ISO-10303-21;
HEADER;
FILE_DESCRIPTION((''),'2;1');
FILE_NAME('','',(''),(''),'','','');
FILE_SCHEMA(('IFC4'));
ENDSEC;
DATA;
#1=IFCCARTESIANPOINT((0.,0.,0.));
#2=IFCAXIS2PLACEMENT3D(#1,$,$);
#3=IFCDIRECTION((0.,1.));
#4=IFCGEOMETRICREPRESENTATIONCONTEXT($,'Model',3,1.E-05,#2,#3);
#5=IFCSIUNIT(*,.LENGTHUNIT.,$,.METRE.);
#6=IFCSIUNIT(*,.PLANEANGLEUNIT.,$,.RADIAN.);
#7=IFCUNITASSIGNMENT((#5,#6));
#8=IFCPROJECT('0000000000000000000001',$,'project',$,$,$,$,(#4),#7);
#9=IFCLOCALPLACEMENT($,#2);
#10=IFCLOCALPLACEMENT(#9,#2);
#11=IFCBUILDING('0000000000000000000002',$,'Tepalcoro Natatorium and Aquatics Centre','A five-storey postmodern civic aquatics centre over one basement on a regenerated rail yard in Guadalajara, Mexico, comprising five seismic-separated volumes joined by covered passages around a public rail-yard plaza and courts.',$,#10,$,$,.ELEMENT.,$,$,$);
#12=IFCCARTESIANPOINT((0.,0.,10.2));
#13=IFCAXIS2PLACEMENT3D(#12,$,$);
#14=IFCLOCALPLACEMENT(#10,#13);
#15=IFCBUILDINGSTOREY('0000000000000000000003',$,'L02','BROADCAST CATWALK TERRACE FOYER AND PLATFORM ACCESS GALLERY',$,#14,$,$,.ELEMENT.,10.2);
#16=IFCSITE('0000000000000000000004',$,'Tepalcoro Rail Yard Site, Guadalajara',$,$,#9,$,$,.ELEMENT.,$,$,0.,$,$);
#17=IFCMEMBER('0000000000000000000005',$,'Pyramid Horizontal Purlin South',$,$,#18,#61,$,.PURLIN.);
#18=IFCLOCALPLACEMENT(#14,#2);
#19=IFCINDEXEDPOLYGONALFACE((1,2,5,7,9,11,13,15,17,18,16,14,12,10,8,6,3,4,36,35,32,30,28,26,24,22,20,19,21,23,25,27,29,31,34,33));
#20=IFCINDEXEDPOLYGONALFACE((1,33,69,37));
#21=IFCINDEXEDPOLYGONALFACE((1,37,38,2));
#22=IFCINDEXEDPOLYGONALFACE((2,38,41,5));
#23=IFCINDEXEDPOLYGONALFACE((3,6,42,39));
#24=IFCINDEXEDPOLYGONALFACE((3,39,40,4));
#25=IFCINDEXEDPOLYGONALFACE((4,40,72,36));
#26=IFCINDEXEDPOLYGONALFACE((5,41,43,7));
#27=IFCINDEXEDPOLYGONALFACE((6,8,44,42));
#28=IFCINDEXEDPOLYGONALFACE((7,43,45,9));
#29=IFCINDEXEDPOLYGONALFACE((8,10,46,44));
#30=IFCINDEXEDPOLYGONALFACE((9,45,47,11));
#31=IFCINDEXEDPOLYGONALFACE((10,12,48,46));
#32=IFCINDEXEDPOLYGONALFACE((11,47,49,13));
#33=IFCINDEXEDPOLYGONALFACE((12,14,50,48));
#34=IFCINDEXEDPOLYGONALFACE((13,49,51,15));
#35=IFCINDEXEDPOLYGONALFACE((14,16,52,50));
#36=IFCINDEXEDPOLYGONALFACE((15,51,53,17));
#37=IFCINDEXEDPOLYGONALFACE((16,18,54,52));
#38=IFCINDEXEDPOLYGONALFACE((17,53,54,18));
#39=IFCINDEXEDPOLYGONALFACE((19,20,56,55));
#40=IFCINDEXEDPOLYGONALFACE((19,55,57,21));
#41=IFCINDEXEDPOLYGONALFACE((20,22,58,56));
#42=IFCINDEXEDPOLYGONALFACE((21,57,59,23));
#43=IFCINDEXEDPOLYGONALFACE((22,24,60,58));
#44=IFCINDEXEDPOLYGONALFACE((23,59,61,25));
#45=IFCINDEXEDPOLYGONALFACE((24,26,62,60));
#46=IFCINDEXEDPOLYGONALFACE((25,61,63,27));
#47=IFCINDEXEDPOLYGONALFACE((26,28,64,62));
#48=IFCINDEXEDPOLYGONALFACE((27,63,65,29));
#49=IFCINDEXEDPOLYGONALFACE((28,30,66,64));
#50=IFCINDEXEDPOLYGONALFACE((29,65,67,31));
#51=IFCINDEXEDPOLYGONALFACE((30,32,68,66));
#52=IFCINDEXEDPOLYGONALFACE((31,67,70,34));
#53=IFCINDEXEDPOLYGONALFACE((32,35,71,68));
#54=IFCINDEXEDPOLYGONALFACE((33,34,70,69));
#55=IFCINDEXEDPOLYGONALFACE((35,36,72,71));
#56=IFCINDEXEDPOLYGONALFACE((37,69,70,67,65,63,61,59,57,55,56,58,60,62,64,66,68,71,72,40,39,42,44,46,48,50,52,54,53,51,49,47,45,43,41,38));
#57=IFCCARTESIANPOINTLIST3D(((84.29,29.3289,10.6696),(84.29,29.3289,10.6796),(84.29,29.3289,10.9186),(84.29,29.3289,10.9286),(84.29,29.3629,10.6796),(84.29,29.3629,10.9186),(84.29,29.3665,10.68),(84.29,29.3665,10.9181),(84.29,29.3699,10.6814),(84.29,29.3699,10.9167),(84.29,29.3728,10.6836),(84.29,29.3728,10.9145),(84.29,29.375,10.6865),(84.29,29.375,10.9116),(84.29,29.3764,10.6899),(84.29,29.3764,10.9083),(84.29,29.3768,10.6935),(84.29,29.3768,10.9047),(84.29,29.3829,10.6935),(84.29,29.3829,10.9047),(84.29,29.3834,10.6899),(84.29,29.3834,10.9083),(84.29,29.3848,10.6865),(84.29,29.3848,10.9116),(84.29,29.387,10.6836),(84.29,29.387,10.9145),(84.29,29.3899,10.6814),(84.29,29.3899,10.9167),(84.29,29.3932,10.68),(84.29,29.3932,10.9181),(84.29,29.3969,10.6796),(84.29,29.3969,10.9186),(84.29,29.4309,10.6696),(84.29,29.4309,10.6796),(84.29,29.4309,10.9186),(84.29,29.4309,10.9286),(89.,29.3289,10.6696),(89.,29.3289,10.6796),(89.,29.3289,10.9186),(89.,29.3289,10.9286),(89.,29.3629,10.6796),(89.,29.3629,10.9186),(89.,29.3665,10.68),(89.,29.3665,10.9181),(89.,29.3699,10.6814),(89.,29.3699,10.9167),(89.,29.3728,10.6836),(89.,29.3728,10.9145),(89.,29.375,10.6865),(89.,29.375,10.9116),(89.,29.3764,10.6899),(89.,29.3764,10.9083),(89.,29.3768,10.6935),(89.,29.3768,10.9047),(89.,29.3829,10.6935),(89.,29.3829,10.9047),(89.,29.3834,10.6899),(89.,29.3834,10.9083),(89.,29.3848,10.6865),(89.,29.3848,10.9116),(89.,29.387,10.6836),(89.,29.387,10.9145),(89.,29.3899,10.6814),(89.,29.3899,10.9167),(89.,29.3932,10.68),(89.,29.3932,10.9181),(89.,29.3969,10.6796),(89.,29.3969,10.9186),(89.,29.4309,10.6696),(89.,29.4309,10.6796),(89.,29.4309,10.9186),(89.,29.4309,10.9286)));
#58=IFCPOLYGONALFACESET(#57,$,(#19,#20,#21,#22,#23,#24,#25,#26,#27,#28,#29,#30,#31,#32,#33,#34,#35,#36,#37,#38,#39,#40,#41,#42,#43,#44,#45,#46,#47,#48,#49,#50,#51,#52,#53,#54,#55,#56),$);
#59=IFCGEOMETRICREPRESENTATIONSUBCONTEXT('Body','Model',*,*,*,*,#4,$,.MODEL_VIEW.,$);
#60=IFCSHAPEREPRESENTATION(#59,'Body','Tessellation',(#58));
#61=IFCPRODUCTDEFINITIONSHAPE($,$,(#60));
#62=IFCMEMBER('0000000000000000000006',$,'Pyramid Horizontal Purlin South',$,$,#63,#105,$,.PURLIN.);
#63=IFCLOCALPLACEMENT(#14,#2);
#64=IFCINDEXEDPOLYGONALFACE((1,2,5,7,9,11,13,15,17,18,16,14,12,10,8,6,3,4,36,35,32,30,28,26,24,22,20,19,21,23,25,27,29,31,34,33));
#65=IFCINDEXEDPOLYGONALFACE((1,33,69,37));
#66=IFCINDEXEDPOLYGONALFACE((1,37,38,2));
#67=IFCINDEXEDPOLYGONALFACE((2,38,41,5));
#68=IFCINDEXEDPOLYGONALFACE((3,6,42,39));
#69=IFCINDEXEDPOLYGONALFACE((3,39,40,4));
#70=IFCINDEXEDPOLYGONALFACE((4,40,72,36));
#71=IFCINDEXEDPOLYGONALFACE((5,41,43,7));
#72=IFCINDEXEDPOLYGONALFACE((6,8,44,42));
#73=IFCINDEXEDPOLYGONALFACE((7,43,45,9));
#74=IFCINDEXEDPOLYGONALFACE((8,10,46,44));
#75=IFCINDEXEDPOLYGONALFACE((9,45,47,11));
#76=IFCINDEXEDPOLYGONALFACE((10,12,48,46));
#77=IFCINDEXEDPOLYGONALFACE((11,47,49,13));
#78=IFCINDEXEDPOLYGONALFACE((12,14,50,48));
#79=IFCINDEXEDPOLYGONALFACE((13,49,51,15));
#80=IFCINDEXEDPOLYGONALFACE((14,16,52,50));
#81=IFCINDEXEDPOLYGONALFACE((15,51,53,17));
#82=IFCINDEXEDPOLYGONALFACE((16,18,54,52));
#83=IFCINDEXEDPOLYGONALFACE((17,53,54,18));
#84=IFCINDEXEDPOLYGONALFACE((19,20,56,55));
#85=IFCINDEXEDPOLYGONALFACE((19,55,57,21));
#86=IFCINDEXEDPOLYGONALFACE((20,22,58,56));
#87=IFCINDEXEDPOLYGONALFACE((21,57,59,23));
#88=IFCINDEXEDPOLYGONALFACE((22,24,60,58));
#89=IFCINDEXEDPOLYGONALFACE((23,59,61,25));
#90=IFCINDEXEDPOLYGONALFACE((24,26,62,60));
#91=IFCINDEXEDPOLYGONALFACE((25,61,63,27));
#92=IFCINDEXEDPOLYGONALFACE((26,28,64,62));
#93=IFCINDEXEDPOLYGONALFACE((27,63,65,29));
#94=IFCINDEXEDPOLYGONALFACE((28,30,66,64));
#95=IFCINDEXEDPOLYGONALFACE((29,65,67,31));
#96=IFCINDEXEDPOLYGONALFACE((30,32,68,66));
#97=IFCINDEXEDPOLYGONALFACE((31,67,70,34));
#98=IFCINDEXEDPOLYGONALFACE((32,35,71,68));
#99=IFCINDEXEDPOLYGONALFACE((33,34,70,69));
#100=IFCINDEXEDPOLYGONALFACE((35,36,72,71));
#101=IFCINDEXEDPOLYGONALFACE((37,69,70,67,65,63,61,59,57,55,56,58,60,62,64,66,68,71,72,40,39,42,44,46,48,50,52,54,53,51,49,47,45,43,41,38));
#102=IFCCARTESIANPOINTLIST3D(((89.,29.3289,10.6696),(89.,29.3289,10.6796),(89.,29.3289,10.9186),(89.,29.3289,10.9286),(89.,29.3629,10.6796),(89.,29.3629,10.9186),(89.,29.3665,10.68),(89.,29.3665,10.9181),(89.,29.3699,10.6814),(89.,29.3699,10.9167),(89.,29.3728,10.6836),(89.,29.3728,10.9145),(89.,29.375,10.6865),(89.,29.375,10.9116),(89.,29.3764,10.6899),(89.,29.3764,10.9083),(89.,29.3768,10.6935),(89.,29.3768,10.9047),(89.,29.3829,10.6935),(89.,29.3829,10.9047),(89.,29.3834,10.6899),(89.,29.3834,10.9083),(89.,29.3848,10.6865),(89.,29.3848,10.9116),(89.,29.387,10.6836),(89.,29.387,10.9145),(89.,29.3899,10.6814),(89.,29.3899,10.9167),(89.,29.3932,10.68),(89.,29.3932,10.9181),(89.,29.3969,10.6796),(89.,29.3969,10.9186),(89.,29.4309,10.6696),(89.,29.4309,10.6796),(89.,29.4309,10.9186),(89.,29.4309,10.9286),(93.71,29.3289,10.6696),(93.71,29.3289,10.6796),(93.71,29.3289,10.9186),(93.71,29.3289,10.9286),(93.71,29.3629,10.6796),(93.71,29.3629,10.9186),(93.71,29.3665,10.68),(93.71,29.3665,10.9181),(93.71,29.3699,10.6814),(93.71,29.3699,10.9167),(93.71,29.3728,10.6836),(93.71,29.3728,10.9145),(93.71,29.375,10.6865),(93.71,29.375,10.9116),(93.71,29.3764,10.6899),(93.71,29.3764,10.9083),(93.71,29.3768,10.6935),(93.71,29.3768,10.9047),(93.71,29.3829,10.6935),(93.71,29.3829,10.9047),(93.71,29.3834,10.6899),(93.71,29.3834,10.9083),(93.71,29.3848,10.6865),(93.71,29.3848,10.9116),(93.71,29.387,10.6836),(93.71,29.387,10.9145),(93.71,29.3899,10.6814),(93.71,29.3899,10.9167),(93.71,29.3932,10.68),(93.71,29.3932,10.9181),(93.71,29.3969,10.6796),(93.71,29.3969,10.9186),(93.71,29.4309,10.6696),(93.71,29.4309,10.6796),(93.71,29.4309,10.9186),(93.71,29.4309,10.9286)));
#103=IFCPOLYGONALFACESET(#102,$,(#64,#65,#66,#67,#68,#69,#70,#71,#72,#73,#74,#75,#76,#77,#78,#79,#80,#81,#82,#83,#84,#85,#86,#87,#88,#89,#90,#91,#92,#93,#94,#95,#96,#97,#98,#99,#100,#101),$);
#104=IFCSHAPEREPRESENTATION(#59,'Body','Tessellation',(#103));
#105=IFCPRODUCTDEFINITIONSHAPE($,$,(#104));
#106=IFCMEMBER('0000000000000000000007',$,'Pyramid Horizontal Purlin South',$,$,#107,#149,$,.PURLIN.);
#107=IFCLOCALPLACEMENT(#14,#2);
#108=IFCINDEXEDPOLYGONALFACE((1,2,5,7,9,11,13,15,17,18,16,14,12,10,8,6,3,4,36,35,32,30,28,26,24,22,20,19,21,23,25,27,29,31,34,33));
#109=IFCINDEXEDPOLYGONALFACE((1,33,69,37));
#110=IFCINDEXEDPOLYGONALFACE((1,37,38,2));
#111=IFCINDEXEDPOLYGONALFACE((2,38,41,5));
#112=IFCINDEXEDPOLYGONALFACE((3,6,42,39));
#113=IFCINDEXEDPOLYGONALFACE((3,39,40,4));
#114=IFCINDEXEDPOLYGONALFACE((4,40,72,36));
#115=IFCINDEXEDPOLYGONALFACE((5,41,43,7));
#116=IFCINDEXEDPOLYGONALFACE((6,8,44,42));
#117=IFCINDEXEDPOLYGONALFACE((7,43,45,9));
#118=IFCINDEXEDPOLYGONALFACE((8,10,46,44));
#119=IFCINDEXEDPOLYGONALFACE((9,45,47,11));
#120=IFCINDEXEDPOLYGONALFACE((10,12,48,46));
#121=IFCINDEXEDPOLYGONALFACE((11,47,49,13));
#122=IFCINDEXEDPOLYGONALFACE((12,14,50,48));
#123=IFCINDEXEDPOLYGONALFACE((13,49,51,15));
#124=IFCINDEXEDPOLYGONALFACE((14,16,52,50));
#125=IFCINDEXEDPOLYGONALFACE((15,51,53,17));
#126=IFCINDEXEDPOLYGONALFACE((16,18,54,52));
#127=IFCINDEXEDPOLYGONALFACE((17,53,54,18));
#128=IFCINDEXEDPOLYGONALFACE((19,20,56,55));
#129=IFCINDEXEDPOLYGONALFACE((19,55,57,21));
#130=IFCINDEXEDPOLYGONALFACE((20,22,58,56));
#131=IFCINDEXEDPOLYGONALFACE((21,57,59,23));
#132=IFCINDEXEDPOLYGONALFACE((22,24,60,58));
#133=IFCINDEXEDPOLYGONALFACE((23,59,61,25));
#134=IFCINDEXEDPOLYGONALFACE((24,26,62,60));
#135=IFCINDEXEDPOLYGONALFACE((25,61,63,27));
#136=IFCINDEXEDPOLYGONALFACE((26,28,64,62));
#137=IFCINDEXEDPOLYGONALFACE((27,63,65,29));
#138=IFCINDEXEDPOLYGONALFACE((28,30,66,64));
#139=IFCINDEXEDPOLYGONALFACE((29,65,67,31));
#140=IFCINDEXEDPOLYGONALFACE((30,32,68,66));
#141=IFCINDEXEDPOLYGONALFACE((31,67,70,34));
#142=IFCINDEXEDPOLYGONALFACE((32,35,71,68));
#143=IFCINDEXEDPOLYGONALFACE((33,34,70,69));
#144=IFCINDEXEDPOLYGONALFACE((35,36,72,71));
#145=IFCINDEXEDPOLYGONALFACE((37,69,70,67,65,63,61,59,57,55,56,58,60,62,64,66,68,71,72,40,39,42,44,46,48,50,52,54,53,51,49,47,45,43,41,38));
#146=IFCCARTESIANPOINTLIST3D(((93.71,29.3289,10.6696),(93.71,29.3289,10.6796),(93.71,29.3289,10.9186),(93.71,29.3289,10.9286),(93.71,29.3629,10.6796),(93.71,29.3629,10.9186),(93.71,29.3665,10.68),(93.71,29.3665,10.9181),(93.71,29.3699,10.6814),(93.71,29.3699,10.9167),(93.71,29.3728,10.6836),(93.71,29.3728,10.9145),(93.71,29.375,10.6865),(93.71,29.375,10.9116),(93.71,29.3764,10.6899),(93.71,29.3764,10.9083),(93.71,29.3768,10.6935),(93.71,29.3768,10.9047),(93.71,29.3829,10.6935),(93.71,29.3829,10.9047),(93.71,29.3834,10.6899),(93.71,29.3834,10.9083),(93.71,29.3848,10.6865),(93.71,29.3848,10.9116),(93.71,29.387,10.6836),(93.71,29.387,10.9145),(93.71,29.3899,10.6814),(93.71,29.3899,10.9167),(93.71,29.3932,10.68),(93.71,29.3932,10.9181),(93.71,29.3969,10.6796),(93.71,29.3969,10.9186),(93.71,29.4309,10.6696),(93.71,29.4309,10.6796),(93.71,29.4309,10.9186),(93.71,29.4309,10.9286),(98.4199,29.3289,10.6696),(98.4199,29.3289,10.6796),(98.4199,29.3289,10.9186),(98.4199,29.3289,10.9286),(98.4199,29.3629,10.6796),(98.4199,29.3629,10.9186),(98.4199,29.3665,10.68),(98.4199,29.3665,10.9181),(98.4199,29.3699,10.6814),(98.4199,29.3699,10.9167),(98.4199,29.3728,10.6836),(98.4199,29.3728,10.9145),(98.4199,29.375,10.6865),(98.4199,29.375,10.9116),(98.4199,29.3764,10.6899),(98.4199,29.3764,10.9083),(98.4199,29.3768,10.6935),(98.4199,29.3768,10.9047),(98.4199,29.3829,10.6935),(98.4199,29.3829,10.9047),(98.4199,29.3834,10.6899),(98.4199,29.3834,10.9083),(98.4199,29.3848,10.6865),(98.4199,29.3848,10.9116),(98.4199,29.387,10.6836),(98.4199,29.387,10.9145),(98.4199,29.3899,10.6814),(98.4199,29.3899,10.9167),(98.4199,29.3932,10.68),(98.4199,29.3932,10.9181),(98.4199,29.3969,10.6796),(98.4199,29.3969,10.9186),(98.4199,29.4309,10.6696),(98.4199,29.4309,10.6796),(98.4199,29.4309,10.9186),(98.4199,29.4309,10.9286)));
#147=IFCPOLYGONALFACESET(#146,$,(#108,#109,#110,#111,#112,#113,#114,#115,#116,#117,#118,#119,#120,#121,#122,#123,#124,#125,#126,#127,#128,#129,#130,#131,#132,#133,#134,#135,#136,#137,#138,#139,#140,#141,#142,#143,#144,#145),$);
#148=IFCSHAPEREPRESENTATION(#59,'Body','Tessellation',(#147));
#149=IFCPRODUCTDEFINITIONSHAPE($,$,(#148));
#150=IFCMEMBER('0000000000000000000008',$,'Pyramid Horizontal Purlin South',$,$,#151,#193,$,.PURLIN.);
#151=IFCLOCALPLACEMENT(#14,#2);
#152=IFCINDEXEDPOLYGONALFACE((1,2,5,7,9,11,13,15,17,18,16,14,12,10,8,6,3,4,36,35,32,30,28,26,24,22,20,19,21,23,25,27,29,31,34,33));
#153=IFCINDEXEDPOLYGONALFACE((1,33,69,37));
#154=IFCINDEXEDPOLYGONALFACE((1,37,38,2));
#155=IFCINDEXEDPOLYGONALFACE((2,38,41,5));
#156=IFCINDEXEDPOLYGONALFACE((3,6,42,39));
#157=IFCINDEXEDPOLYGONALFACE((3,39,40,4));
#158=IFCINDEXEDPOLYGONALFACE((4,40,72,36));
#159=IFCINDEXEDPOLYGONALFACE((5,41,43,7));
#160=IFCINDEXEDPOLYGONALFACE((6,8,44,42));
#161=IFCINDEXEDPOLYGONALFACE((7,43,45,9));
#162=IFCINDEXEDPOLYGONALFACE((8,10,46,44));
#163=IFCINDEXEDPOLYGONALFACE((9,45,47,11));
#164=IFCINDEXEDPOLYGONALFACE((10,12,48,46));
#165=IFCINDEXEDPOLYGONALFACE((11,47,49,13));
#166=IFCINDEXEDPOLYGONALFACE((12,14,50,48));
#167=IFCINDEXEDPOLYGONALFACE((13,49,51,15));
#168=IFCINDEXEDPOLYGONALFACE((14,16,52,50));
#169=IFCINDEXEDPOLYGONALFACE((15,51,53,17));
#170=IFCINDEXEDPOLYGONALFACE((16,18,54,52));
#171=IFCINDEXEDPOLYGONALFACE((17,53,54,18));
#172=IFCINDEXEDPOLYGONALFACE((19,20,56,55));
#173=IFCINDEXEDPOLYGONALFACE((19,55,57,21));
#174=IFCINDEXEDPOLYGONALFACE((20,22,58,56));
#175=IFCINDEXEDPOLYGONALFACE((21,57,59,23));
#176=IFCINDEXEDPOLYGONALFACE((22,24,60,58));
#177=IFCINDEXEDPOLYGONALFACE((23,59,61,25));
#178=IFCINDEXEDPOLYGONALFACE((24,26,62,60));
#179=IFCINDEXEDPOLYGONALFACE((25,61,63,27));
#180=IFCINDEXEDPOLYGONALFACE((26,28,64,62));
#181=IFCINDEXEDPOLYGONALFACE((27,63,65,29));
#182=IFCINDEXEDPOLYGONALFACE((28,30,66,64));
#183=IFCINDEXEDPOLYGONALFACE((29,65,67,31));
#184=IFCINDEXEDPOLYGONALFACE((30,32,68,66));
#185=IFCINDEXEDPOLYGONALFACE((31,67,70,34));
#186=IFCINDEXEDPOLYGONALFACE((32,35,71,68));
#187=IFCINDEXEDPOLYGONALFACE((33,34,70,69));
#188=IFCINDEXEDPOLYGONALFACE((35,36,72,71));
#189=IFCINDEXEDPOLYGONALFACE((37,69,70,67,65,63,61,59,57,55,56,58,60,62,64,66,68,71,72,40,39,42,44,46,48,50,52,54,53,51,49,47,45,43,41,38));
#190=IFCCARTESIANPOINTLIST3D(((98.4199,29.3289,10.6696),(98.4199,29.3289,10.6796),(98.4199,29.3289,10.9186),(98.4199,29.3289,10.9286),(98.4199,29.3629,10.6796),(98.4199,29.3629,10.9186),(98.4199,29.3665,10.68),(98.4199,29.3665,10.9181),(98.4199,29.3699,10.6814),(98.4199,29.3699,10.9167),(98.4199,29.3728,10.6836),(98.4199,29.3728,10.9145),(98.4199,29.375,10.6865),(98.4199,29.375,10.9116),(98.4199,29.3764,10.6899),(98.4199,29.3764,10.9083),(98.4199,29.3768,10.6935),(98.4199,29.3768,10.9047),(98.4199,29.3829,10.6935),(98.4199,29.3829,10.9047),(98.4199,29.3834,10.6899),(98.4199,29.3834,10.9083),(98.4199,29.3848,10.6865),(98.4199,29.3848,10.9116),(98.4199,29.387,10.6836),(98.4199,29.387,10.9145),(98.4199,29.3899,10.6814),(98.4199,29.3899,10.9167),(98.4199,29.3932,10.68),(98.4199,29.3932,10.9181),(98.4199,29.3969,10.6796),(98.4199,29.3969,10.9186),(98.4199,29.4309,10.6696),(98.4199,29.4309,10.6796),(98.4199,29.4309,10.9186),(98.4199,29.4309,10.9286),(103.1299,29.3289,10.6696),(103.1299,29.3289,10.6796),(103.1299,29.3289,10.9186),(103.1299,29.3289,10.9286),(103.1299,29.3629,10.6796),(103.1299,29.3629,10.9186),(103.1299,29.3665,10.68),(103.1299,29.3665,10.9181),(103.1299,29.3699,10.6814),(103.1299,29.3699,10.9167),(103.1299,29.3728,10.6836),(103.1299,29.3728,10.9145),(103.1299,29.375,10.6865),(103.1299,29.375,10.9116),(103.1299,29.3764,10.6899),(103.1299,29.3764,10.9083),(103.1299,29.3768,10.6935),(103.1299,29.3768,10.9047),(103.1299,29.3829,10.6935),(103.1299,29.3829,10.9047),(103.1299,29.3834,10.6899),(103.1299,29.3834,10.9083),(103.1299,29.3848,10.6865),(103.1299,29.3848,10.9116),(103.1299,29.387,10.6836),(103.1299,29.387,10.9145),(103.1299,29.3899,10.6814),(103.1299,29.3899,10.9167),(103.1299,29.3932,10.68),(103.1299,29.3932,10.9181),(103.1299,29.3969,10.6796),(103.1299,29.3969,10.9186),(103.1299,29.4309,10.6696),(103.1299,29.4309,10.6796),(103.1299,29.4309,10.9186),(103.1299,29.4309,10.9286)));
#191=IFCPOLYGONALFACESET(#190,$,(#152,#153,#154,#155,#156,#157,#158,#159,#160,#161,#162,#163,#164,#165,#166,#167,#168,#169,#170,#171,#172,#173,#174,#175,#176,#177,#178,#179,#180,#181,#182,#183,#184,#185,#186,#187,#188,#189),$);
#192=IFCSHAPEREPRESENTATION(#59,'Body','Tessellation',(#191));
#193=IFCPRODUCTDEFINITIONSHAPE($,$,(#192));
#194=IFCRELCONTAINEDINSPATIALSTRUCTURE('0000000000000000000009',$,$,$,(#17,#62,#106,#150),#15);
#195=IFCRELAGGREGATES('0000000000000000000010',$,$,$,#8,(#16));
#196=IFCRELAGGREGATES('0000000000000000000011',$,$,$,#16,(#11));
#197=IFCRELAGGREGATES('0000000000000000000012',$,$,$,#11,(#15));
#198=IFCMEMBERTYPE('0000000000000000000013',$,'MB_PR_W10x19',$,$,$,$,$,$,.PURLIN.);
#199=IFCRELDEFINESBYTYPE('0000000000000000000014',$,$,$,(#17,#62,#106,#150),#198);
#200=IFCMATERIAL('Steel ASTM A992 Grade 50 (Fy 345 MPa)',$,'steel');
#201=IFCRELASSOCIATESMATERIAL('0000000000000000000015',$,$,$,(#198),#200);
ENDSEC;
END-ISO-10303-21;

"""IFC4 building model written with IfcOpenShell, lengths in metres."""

from ifc_helpers import new_model, si_unit, direction, frame, origin, origin_2d, place, context, subcontext, project, spatial, i_section, extrude, material, material_profile, profile_set, type_object, element, save


model = new_model("IFC4")

# Units and contexts
model_context = context("Model", 3, precision=1e-05, world=origin(), true_north=direction((0.0, 1.0)))
body_context = subcontext(model_context, "Body", "Model", "MODEL_VIEW")
ifc_project = project(units=[si_unit("LENGTHUNIT", "METRE"), si_unit("PLANEANGLEUNIT", "RADIAN")], contexts=[model_context])

# Site, building, storey
site_placement = place(None, origin())
site = spatial("IfcSite", under=ifc_project, at=site_placement, Name="Tepalcoro Rail Yard Site, Guadalajara", CompositionType="ELEMENT", RefElevation=0.0)
building_placement = place(site_placement, origin())
building = spatial("IfcBuilding", under=site, at=building_placement, Name="Tepalcoro Natatorium and Aquatics Centre", Description="A five-storey postmodern civic aquatics centre over one basement on a regenerated rail yard in Guadalajara, Mexico, comprising five seismic-separated volumes joined by covered passages around a public rail-yard plaza and courts.", CompositionType="ELEMENT")
storey_placement = place(building_placement, frame((0.0, 0.0, 10.2)))
storey = spatial("IfcBuildingStorey", under=building, at=storey_placement, Name="L02", Description="BROADCAST CATWALK TERRACE FOYER AND PLATFORM ACCESS GALLERY", CompositionType="ELEMENT", Elevation=10.2)

# Members
ifc_material_1 = material(Name="Steel ASTM A992 Grade 50 (Fy 345 MPa)", Category="steel")
ifc_material_profile_1 = material_profile(ifc_material_1, i_section(OverallWidth=0.1021, OverallDepth=0.259, WebThickness=0.0061, FlangeThickness=0.01, FilletRadius=0.0139, at=origin_2d()), Name="W10X19")
ifc_profile_set_1 = profile_set([ifc_material_profile_1], Name="Steel ASTM A992 Grade 50 (Fy 345 MPa)")
member_type_1 = type_object("IfcMemberType", Name="MB_PR_W10x19", PredefinedType="PURLIN", material=ifc_profile_set_1)
for number, where, z_axis, x_axis, name in (
    (1, (84.29, 29.3799, 10.7991), (1.0, 0.0, 0.0), (0.0, 1.0, 0.0), "Pyramid Horizontal Purlin South"),
    (2, (89.0, 29.3799, 10.7991), (1.0, 0.0, 0.0), (0.0, 1.0, 0.0), "Pyramid Horizontal Purlin South"),
    (3, (93.71, 29.3799, 10.7991), (1.0, 0.0, 0.0), (0.0, 1.0, 0.0), "Pyramid Horizontal Purlin South"),
    (4, (98.4199, 29.3799, 10.7991), (1.0, 0.0, 0.0), (0.0, 1.0, 0.0), "Pyramid Horizontal Purlin South"),
):
    element("IfcMember", number, at=place(storey_placement, frame(where, z_axis=z_axis, x_axis=x_axis)), inside=storey, type_object=member_type_1, Name=name, PredefinedType="PURLIN", context=body_context, shape_type="SweptSolid", body=[
        extrude(i_section(OverallWidth=0.1021, OverallDepth=0.259, WebThickness=0.0061, FlangeThickness=0.01, FilletRadius=0.0139, at=origin_2d()), origin(), (0.0, 0.0, 1.0), 4.71),
    ])

save(model, "model.ifc")
